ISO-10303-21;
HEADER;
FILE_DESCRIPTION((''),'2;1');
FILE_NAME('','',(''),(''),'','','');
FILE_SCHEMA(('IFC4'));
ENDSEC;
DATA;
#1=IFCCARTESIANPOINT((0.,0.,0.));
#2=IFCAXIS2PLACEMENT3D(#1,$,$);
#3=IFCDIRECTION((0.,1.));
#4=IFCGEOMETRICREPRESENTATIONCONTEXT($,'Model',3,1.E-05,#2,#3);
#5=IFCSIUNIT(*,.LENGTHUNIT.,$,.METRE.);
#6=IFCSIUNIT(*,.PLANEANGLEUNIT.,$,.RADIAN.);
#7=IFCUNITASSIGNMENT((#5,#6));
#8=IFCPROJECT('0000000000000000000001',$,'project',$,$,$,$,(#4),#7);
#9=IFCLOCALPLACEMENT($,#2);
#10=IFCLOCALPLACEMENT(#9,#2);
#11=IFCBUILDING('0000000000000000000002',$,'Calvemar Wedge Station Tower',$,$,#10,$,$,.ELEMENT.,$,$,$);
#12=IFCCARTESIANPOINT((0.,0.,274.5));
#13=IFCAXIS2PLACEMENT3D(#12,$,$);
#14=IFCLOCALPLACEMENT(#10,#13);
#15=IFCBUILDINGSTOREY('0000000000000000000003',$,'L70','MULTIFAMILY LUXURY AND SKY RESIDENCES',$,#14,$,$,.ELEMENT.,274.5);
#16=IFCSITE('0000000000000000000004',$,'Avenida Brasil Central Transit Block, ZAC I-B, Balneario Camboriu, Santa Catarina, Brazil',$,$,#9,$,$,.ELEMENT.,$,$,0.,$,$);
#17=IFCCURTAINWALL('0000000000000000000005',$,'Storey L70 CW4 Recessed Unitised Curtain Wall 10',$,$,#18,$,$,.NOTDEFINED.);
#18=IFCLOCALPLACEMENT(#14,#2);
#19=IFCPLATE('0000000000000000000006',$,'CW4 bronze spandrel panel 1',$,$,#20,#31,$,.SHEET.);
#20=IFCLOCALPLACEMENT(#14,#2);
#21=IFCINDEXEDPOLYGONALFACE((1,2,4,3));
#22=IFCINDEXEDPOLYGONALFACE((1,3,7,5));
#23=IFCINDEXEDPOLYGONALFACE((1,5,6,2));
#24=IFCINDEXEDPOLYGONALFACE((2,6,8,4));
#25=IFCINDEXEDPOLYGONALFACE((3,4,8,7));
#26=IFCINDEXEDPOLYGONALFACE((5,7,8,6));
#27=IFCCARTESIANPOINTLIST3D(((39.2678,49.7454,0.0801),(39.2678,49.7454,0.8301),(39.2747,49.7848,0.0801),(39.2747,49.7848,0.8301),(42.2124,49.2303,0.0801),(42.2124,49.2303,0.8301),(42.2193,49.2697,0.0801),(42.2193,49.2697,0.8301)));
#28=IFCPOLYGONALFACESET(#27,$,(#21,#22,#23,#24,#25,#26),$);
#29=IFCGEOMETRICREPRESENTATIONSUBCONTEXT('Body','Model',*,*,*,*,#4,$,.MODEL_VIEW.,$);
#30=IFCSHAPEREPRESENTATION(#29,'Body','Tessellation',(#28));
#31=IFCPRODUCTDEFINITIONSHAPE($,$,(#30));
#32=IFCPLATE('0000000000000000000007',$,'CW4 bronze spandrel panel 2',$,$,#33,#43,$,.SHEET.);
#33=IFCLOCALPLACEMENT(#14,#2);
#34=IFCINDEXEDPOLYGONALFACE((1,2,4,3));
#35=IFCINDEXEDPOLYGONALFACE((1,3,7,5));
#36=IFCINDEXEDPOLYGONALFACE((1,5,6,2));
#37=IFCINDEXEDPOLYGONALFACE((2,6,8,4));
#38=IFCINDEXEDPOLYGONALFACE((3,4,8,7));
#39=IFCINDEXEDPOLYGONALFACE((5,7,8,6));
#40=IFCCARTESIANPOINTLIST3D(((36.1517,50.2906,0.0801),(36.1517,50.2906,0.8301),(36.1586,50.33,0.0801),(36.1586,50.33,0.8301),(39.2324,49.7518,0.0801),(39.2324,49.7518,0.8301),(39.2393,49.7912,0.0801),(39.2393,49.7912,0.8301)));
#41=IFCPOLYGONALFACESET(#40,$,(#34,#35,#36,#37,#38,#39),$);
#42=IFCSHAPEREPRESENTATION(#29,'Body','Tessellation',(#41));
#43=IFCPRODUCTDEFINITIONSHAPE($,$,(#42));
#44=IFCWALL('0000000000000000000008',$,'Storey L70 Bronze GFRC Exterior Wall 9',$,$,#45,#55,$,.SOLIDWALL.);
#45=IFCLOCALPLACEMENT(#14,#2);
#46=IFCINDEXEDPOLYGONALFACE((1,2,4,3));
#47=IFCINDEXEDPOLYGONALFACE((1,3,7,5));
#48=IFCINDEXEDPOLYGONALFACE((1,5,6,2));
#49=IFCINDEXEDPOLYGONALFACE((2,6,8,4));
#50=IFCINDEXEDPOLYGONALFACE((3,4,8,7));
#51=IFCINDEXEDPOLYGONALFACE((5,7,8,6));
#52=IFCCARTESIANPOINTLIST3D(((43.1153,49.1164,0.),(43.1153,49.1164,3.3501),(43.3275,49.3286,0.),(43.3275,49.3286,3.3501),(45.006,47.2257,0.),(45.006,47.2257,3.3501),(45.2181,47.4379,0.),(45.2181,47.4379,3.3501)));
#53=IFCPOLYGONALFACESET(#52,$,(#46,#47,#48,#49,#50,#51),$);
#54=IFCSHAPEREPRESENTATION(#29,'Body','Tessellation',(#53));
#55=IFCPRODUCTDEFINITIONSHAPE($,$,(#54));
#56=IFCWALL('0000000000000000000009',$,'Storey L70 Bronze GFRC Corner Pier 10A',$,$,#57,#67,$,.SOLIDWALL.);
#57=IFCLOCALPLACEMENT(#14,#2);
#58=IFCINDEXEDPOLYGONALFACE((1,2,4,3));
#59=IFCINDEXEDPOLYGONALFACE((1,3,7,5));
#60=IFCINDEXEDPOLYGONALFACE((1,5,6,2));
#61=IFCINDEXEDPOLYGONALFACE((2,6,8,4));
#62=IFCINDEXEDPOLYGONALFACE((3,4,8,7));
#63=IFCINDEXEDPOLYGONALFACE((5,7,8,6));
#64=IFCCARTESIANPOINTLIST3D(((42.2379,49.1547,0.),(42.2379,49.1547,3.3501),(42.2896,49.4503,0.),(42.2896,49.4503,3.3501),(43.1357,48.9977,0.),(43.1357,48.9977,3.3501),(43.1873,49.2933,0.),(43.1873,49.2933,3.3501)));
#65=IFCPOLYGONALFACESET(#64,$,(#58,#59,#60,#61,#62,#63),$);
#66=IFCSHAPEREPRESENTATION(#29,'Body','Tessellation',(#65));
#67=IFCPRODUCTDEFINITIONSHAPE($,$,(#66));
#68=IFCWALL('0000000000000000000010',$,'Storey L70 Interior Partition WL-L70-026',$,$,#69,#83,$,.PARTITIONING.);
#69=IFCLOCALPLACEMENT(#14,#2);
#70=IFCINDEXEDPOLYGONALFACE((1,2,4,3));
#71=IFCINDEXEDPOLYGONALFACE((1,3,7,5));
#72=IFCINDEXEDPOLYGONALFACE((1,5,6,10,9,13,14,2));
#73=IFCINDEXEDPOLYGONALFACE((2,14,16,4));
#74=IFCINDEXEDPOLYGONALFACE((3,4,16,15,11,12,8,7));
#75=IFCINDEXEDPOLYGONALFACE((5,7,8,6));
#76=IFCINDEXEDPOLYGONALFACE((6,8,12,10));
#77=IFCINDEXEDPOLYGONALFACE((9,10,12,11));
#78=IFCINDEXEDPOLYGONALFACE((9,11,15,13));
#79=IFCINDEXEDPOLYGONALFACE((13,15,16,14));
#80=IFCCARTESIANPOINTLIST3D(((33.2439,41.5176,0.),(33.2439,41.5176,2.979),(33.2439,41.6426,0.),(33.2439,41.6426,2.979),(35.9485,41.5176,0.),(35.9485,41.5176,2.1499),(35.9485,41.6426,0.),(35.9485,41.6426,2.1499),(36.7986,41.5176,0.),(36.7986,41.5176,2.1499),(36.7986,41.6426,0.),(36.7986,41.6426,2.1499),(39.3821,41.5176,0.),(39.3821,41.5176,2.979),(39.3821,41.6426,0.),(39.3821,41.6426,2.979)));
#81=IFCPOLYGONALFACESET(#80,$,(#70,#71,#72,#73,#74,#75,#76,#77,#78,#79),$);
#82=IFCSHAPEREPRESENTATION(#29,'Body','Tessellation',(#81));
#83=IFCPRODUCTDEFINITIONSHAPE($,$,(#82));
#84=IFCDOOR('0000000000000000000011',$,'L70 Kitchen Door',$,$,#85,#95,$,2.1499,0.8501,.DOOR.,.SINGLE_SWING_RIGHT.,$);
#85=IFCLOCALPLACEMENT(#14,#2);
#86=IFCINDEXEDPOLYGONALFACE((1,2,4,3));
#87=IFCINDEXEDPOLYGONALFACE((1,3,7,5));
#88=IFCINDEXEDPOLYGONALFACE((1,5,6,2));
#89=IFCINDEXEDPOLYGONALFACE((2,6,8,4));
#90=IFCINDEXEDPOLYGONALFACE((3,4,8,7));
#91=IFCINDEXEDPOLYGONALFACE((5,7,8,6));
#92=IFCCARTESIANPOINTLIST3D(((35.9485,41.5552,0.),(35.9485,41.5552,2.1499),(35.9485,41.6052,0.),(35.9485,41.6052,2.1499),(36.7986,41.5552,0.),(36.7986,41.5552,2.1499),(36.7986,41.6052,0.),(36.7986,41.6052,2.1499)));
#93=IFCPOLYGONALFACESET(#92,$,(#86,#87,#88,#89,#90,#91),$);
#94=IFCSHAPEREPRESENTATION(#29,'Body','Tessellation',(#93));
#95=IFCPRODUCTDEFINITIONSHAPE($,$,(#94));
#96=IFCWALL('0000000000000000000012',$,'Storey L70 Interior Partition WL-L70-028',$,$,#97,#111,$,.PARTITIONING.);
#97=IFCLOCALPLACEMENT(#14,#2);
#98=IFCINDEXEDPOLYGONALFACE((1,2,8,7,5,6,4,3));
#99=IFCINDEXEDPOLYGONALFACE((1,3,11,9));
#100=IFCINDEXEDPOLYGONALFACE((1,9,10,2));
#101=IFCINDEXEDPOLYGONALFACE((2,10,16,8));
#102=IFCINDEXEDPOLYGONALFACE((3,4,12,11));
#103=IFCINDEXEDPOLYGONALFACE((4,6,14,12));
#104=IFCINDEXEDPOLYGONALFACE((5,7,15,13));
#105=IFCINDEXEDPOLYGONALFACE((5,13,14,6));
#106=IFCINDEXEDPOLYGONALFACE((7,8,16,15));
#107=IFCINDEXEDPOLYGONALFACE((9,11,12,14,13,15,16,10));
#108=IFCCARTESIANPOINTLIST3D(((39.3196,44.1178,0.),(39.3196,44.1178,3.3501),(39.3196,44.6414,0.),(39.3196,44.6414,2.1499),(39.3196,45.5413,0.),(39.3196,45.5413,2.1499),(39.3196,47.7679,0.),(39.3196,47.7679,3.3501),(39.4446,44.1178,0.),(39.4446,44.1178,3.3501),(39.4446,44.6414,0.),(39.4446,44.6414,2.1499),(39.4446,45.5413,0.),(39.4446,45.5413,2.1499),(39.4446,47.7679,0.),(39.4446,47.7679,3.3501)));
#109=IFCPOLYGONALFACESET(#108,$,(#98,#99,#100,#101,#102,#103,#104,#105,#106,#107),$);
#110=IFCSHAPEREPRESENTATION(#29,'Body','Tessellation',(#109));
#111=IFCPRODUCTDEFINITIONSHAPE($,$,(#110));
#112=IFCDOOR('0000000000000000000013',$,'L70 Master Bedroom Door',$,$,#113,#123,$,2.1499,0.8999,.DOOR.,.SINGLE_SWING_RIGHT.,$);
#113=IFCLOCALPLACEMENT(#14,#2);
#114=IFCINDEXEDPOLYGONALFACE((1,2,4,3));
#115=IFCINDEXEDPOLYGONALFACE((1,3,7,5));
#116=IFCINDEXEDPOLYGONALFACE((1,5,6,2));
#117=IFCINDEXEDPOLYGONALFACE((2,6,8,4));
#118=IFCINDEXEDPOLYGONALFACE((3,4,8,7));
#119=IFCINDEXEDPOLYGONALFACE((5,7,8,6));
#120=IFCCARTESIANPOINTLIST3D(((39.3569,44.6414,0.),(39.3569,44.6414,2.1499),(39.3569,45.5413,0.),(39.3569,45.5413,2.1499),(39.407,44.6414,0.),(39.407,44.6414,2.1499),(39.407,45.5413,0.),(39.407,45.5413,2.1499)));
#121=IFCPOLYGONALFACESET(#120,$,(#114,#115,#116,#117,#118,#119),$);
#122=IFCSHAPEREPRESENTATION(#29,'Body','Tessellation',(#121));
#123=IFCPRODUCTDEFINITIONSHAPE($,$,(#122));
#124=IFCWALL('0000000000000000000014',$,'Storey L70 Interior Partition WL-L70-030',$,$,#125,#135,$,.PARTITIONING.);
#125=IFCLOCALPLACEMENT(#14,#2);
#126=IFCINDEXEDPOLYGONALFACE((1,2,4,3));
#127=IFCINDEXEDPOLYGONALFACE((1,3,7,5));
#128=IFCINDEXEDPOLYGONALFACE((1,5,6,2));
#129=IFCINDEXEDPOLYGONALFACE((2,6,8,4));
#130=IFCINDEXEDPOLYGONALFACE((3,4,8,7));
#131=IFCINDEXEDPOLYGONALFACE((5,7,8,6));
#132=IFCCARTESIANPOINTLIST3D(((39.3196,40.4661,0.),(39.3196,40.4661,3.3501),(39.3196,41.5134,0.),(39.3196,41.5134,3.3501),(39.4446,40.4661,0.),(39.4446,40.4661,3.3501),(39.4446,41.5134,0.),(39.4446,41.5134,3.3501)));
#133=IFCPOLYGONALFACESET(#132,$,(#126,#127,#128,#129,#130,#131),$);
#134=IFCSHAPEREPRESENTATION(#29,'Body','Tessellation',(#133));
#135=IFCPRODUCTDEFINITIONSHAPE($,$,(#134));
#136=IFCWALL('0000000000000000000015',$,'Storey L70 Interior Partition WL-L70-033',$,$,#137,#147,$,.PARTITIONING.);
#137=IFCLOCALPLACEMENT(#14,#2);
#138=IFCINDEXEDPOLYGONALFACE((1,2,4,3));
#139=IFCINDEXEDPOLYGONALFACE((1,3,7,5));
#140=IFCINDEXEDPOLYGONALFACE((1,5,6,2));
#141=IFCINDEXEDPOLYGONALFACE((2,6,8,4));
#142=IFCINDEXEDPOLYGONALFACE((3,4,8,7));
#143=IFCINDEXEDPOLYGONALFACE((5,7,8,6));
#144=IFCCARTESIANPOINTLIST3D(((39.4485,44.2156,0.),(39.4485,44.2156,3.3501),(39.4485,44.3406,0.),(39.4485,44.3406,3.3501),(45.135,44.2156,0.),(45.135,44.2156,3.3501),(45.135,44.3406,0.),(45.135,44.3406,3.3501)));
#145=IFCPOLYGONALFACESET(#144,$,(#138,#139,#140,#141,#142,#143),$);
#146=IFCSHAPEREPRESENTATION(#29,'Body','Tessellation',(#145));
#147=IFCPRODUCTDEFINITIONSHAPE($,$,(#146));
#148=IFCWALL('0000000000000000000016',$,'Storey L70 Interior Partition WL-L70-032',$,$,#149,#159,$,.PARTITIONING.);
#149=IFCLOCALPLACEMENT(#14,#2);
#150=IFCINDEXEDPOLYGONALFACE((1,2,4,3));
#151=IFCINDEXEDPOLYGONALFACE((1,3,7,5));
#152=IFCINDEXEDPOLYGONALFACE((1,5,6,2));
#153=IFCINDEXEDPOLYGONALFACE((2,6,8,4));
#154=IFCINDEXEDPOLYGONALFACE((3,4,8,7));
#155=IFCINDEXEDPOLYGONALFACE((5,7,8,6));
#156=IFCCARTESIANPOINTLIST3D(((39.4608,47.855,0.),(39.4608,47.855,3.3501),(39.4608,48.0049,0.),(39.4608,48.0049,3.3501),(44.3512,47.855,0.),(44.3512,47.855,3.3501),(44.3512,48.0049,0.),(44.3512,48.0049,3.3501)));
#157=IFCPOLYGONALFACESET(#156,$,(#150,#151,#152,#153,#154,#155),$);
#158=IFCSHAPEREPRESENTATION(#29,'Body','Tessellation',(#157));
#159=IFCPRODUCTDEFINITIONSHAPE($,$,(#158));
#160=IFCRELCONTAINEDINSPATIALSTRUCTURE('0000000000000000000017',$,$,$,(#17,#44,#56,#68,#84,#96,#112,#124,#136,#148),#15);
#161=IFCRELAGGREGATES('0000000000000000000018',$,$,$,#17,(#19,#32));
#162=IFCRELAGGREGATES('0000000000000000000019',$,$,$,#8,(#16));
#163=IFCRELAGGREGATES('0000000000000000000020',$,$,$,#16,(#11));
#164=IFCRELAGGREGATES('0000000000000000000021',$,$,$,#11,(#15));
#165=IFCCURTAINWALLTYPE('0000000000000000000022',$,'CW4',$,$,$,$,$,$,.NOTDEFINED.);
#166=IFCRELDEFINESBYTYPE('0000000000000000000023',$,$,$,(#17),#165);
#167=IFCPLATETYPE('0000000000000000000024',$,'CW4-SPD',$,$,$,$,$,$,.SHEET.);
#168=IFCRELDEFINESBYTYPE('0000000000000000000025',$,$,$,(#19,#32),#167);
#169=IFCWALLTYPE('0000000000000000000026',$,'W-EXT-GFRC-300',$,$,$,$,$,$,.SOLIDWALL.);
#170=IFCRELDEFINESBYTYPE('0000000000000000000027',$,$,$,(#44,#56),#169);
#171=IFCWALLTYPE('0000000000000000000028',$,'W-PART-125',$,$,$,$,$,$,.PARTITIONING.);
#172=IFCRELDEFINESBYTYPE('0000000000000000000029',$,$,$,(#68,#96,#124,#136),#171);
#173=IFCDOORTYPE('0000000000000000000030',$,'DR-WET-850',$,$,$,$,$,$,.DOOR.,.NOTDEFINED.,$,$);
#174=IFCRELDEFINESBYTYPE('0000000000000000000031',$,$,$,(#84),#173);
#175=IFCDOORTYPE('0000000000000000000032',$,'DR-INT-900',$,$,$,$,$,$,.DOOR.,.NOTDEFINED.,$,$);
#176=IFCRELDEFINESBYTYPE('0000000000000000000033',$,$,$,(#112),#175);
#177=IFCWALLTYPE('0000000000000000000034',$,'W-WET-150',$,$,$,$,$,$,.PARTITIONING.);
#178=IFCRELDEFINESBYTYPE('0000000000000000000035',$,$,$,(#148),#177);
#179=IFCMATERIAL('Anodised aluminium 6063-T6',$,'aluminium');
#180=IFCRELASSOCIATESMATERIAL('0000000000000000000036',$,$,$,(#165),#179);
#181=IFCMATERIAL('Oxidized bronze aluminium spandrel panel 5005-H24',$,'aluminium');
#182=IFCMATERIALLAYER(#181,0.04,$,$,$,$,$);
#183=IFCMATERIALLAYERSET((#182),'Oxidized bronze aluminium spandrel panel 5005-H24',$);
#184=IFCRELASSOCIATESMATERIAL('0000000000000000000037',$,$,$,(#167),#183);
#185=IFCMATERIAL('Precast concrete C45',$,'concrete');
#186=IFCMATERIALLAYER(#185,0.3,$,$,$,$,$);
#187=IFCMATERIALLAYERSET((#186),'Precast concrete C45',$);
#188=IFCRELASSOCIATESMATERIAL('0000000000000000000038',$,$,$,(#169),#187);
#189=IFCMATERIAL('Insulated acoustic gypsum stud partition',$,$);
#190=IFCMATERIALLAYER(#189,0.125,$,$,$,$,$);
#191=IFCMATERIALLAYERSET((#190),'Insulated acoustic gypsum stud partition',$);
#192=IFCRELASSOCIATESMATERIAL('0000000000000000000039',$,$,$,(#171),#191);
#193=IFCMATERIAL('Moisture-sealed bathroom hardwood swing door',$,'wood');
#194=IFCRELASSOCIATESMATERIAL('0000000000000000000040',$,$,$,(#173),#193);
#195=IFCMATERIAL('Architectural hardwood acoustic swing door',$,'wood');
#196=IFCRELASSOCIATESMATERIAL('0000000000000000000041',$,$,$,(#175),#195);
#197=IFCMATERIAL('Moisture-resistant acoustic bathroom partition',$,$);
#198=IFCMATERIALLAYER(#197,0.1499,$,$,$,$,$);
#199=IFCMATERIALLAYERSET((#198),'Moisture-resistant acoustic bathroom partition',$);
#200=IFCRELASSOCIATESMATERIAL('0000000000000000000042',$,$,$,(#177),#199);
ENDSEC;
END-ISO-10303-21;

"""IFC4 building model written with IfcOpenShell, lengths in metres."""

from ifc_helpers import new_model, si_unit, direction, frame, frame_2d, origin, place, context, subcontext, project, spatial, rectangle, extrude, source, transform, mapped, material, layer, layer_set, type_object, element, fill, aggregate, save


model = new_model("IFC4")

# Units and contexts
model_context = context("Model", 3, precision=1e-05, world=origin(), true_north=direction((0.0, 1.0)))
body_context = subcontext(model_context, "Body", "Model", "MODEL_VIEW")
ifc_project = project(units=[si_unit("LENGTHUNIT", "METRE"), si_unit("PLANEANGLEUNIT", "RADIAN")], contexts=[model_context])

# Site, building, storey
site_placement = place(None, origin())
site = spatial("IfcSite", under=ifc_project, at=site_placement, Name="Avenida Brasil Central Transit Block, ZAC I-B, Balneario Camboriu, Santa Catarina, Brazil", CompositionType="ELEMENT", RefElevation=0.0)
building_placement = place(site_placement, origin())
building = spatial("IfcBuilding", under=site, at=building_placement, Name="Calvemar Wedge Station Tower", CompositionType="ELEMENT")
storey_placement = place(building_placement, frame((0.0, 0.0, 274.5)))
storey = spatial("IfcBuildingStorey", under=building, at=storey_placement, Name="L70", Description="MULTIFAMILY LUXURY AND SKY RESIDENCES", CompositionType="ELEMENT", Elevation=274.5)

# Curtain wall, plates
ifc_material_1 = material(Name="Anodised aluminium 6063-T6", Category="aluminium")
curtain_wall_type = type_object("IfcCurtainWallType", Name="CW4", PredefinedType="NOTDEFINED", material=ifc_material_1)
curtain_wall_placement = place(storey_placement, origin())
curtain_wall = element("IfcCurtainWall", 1, at=curtain_wall_placement, inside=storey, type_object=curtain_wall_type, Name="Storey L70 CW4 Recessed Unitised Curtain Wall 10", PredefinedType="NOTDEFINED")
ifc_material_2 = material(Name="Oxidized bronze aluminium spandrel panel 5005-H24", Category="aluminium")
ifc_layer_1 = layer(ifc_material_2, 0.04)
ifc_layer_set_1 = layer_set([ifc_layer_1], Name="Oxidized bronze aluminium spandrel panel 5005-H24")
plate_type_1 = type_object("IfcPlateType", Name="CW4-SPD", PredefinedType="SHEET", material=ifc_layer_set_1)
plate_1_placement = place(storey_placement, frame((42.2158, 49.25, 0.0801), z_axis=(0.0, 0.0, 1.0), x_axis=(-0.98504, 0.172327, 0.0)))
plate_1 = element("IfcPlate", 2, at=plate_1_placement, type_object=plate_type_1, Name="CW4 bronze spandrel panel 1", PredefinedType="SHEET", context=body_context, shape_type="SweptSolid", body=[
    extrude(rectangle(XDim=2.9893, YDim=0.04, at=frame_2d((1.4946, 0.0))), origin(), (0.0, 0.0, 1.0), 0.75),
])
plate_2_placement = place(storey_placement, frame((39.2358, 49.7715, 0.0801), z_axis=(0.0, 0.0, 1.0), x_axis=(-0.985046, 0.172293, 0.0)))
plate_2 = element("IfcPlate", 3, at=plate_2_placement, type_object=plate_type_1, Name="CW4 bronze spandrel panel 2", PredefinedType="SHEET", context=body_context, shape_type="SweptSolid", body=[
    extrude(rectangle(XDim=3.1274, YDim=0.04, at=frame_2d((1.5637, 0.0))), origin(), (0.0, 0.0, 1.0), 0.75),
])
aggregate(curtain_wall, [plate_1, plate_2])

# Walls
ifc_material_3 = material(Name="Precast concrete C45", Category="concrete")
ifc_layer_2 = layer(ifc_material_3, 0.3)
ifc_layer_set_2 = layer_set([ifc_layer_2], Name="Precast concrete C45")
wall_type_1 = type_object("IfcWallType", Name="W-EXT-GFRC-300", PredefinedType="SOLIDWALL", material=ifc_layer_set_2)
wall_1_placement = place(storey_placement, frame((45.1121, 47.3318, 0.0), z_axis=(0.0, 0.0, 1.0), x_axis=(-0.707107, 0.707107, 0.0)))
element("IfcWall", 4, at=wall_1_placement, inside=storey, type_object=wall_type_1, Name="Storey L70 Bronze GFRC Exterior Wall 9", PredefinedType="SOLIDWALL", context=body_context, shape_type="SweptSolid", body=[
    extrude(rectangle(XDim=2.6738, YDim=0.3, at=frame_2d((1.3369, 0.0))), origin(), (0.0, 0.0, 1.0), 3.3501),
])
wall_2_placement = place(storey_placement, frame((43.1614, 49.1455, 0.0), z_axis=(0.0, 0.0, 1.0), x_axis=(-0.985052, 0.172257, 0.0)))
element("IfcWall", 5, at=wall_2_placement, inside=storey, type_object=wall_type_1, Name="Storey L70 Bronze GFRC Corner Pier 10A", PredefinedType="SOLIDWALL", context=body_context, shape_type="SweptSolid", body=[
    extrude(rectangle(XDim=0.9114, YDim=0.3, at=frame_2d((0.4556, 0.0))), origin(), (0.0, 0.0, 1.0), 3.3501),
])

# Walls, openings, doors
ifc_material_4 = material(Name="Insulated acoustic gypsum stud partition")
ifc_layer_3 = layer(ifc_material_4, 0.125)
ifc_layer_set_3 = layer_set([ifc_layer_3], Name="Insulated acoustic gypsum stud partition")
wall_type_2 = type_object("IfcWallType", Name="W-PART-125", PredefinedType="PARTITIONING", material=ifc_layer_set_3)
wall_3_placement = place(storey_placement, frame((39.3821, 41.5801, 0.0), z_axis=(0.0, 0.0, 1.0), x_axis=(-1.0, 0.0, 0.0)))
wall_3 = element("IfcWall", 6, at=wall_3_placement, inside=storey, type_object=wall_type_2, Name="Storey L70 Interior Partition WL-L70-026", PredefinedType="PARTITIONING", context=body_context, shape_type="SweptSolid", body=[
    extrude(rectangle(XDim=6.1382, YDim=0.125, at=frame_2d((3.0691, 0.0))), origin(), (0.0, 0.0, 1.0), 2.979),
])
shared_shape_1 = source(origin(), body_context, "Body", "SweptSolid", [
    extrude(rectangle(XDim=0.8501, YDim=2.1499, at=frame_2d((0.425, 1.075))), frame((0.0, 0.0725, 0.0), z_axis=(0.0, -1.0, 0.0), x_axis=(1.0, 0.0, 0.0)), (0.0, 0.0, 1.0), 0.145),
])
opening_1_placement = place(wall_3_placement, frame((2.5835, 0.0, 0.0)))
opening_1 = element("IfcOpeningElement", 7, at=opening_1_placement, cuts=wall_3, PredefinedType="OPENING", context=body_context, shape_type="MappedRepresentation", body=[
    mapped(shared_shape_1, transform((0.0, 0.0, 0.0), scale=1.0)),
])
ifc_material_5 = material(Name="Moisture-sealed bathroom hardwood swing door", Category="wood")
door_type_1 = type_object("IfcDoorType", Name="DR-WET-850", OperationType="NOTDEFINED", PredefinedType="DOOR", material=ifc_material_5)
shared_shape_2 = source(origin(), body_context, "Body", "SweptSolid", [
    extrude(rectangle(XDim=0.8501, YDim=2.1499, at=frame_2d((0.425, 1.075))), frame((0.0, 0.0249, 0.0), z_axis=(0.0, -1.0, 0.0), x_axis=(1.0, 0.0, 0.0)), (0.0, 0.0, 1.0), 0.05),
])
door_1_placement = place(opening_1_placement, origin())
door_1 = element("IfcDoor", 8, at=door_1_placement, inside=storey, type_object=door_type_1, Name="L70 Kitchen Door", OperationType="SINGLE_SWING_RIGHT", OverallHeight=2.1499, OverallWidth=0.8501, PredefinedType="DOOR", context=body_context, shape_type="MappedRepresentation", body=[
    mapped(shared_shape_2, transform((0.0, 0.0, 0.0), scale=1.0)),
])
fill(opening_1, door_1)
wall_4_placement = place(storey_placement, frame((39.3821, 47.7681, 0.0), z_axis=(0.0, 0.0, 1.0), x_axis=(0.0, -1.0, 0.0)))
wall_4 = element("IfcWall", 9, at=wall_4_placement, inside=storey, type_object=wall_type_2, Name="Storey L70 Interior Partition WL-L70-028", PredefinedType="PARTITIONING", context=body_context, shape_type="SweptSolid", body=[
    extrude(rectangle(XDim=3.6501, YDim=0.125, at=frame_2d((1.8252, 0.0))), origin(), (0.0, 0.0, 1.0), 3.3501),
])
shared_shape_3 = source(origin(), body_context, "Body", "SweptSolid", [
    extrude(rectangle(XDim=0.8999, YDim=2.1499, at=frame_2d((0.45, 1.075))), frame((0.0, 0.0725, 0.0), z_axis=(0.0, -1.0, 0.0), x_axis=(1.0, 0.0, 0.0)), (0.0, 0.0, 1.0), 0.145),
])
opening_2_placement = place(wall_4_placement, frame((2.2268, 0.0, 0.0)))
opening_2 = element("IfcOpeningElement", 10, at=opening_2_placement, cuts=wall_4, PredefinedType="OPENING", context=body_context, shape_type="MappedRepresentation", body=[
    mapped(shared_shape_3, transform((0.0, 0.0, 0.0), scale=1.0)),
])
ifc_material_6 = material(Name="Architectural hardwood acoustic swing door", Category="wood")
door_type_2 = type_object("IfcDoorType", Name="DR-INT-900", OperationType="NOTDEFINED", PredefinedType="DOOR", material=ifc_material_6)
shared_shape_4 = source(origin(), body_context, "Body", "SweptSolid", [
    extrude(rectangle(XDim=0.8999, YDim=2.1499, at=frame_2d((0.45, 1.075))), frame((0.0, 0.0249, 0.0), z_axis=(0.0, -1.0, 0.0), x_axis=(1.0, 0.0, 0.0)), (0.0, 0.0, 1.0), 0.05),
])
door_2_placement = place(opening_2_placement, origin())
door_2 = element("IfcDoor", 11, at=door_2_placement, inside=storey, type_object=door_type_2, Name="L70 Master Bedroom Door", OperationType="SINGLE_SWING_RIGHT", OverallHeight=2.1499, OverallWidth=0.8999, PredefinedType="DOOR", context=body_context, shape_type="MappedRepresentation", body=[
    mapped(shared_shape_4, transform((0.0, 0.0, 0.0), scale=1.0)),
])
fill(opening_2, door_2)

# Walls
wall_5_placement = place(storey_placement, frame((39.3821, 41.5134, 0.0), z_axis=(0.0, 0.0, 1.0), x_axis=(0.0, -1.0, 0.0)))
element("IfcWall", 12, at=wall_5_placement, inside=storey, type_object=wall_type_2, Name="Storey L70 Interior Partition WL-L70-030", PredefinedType="PARTITIONING", context=body_context, shape_type="SweptSolid", body=[
    extrude(rectangle(XDim=1.0474, YDim=0.125, at=frame_2d((0.5237, 0.0))), origin(), (0.0, 0.0, 1.0), 3.3501),
])
wall_6_placement = place(storey_placement, frame((45.135, 44.2781, 0.0), z_axis=(0.0, 0.0, 1.0), x_axis=(-1.0, 0.0, 0.0)))
element("IfcWall", 13, at=wall_6_placement, inside=storey, type_object=wall_type_2, Name="Storey L70 Interior Partition WL-L70-033", PredefinedType="PARTITIONING", context=body_context, shape_type="SweptSolid", body=[
    extrude(rectangle(XDim=5.6865, YDim=0.125, at=frame_2d((2.8433, 0.0))), origin(), (0.0, 0.0, 1.0), 3.3501),
])

# Shared definitions
ifc_material_7 = material(Name="Moisture-resistant acoustic bathroom partition")
ifc_layer_4 = layer(ifc_material_7, 0.1499)
ifc_layer_set_4 = layer_set([ifc_layer_4], Name="Moisture-resistant acoustic bathroom partition")
wall_type_3 = type_object("IfcWallType", Name="W-WET-150", PredefinedType="PARTITIONING", material=ifc_layer_set_4)

# Wall
wall_7_placement = place(storey_placement, frame((44.3513, 47.9299, 0.0), z_axis=(0.0, 0.0, 1.0), x_axis=(-1.0, 0.0, 0.0)))
element("IfcWall", 14, at=wall_7_placement, inside=storey, type_object=wall_type_3, Name="Storey L70 Interior Partition WL-L70-032", PredefinedType="PARTITIONING", context=body_context, shape_type="SweptSolid", body=[
    extrude(rectangle(XDim=4.8904, YDim=0.1499, at=frame_2d((2.4453, 0.0))), origin(), (0.0, 0.0, 1.0), 3.3501),
])

save(model, "model.ifc")
